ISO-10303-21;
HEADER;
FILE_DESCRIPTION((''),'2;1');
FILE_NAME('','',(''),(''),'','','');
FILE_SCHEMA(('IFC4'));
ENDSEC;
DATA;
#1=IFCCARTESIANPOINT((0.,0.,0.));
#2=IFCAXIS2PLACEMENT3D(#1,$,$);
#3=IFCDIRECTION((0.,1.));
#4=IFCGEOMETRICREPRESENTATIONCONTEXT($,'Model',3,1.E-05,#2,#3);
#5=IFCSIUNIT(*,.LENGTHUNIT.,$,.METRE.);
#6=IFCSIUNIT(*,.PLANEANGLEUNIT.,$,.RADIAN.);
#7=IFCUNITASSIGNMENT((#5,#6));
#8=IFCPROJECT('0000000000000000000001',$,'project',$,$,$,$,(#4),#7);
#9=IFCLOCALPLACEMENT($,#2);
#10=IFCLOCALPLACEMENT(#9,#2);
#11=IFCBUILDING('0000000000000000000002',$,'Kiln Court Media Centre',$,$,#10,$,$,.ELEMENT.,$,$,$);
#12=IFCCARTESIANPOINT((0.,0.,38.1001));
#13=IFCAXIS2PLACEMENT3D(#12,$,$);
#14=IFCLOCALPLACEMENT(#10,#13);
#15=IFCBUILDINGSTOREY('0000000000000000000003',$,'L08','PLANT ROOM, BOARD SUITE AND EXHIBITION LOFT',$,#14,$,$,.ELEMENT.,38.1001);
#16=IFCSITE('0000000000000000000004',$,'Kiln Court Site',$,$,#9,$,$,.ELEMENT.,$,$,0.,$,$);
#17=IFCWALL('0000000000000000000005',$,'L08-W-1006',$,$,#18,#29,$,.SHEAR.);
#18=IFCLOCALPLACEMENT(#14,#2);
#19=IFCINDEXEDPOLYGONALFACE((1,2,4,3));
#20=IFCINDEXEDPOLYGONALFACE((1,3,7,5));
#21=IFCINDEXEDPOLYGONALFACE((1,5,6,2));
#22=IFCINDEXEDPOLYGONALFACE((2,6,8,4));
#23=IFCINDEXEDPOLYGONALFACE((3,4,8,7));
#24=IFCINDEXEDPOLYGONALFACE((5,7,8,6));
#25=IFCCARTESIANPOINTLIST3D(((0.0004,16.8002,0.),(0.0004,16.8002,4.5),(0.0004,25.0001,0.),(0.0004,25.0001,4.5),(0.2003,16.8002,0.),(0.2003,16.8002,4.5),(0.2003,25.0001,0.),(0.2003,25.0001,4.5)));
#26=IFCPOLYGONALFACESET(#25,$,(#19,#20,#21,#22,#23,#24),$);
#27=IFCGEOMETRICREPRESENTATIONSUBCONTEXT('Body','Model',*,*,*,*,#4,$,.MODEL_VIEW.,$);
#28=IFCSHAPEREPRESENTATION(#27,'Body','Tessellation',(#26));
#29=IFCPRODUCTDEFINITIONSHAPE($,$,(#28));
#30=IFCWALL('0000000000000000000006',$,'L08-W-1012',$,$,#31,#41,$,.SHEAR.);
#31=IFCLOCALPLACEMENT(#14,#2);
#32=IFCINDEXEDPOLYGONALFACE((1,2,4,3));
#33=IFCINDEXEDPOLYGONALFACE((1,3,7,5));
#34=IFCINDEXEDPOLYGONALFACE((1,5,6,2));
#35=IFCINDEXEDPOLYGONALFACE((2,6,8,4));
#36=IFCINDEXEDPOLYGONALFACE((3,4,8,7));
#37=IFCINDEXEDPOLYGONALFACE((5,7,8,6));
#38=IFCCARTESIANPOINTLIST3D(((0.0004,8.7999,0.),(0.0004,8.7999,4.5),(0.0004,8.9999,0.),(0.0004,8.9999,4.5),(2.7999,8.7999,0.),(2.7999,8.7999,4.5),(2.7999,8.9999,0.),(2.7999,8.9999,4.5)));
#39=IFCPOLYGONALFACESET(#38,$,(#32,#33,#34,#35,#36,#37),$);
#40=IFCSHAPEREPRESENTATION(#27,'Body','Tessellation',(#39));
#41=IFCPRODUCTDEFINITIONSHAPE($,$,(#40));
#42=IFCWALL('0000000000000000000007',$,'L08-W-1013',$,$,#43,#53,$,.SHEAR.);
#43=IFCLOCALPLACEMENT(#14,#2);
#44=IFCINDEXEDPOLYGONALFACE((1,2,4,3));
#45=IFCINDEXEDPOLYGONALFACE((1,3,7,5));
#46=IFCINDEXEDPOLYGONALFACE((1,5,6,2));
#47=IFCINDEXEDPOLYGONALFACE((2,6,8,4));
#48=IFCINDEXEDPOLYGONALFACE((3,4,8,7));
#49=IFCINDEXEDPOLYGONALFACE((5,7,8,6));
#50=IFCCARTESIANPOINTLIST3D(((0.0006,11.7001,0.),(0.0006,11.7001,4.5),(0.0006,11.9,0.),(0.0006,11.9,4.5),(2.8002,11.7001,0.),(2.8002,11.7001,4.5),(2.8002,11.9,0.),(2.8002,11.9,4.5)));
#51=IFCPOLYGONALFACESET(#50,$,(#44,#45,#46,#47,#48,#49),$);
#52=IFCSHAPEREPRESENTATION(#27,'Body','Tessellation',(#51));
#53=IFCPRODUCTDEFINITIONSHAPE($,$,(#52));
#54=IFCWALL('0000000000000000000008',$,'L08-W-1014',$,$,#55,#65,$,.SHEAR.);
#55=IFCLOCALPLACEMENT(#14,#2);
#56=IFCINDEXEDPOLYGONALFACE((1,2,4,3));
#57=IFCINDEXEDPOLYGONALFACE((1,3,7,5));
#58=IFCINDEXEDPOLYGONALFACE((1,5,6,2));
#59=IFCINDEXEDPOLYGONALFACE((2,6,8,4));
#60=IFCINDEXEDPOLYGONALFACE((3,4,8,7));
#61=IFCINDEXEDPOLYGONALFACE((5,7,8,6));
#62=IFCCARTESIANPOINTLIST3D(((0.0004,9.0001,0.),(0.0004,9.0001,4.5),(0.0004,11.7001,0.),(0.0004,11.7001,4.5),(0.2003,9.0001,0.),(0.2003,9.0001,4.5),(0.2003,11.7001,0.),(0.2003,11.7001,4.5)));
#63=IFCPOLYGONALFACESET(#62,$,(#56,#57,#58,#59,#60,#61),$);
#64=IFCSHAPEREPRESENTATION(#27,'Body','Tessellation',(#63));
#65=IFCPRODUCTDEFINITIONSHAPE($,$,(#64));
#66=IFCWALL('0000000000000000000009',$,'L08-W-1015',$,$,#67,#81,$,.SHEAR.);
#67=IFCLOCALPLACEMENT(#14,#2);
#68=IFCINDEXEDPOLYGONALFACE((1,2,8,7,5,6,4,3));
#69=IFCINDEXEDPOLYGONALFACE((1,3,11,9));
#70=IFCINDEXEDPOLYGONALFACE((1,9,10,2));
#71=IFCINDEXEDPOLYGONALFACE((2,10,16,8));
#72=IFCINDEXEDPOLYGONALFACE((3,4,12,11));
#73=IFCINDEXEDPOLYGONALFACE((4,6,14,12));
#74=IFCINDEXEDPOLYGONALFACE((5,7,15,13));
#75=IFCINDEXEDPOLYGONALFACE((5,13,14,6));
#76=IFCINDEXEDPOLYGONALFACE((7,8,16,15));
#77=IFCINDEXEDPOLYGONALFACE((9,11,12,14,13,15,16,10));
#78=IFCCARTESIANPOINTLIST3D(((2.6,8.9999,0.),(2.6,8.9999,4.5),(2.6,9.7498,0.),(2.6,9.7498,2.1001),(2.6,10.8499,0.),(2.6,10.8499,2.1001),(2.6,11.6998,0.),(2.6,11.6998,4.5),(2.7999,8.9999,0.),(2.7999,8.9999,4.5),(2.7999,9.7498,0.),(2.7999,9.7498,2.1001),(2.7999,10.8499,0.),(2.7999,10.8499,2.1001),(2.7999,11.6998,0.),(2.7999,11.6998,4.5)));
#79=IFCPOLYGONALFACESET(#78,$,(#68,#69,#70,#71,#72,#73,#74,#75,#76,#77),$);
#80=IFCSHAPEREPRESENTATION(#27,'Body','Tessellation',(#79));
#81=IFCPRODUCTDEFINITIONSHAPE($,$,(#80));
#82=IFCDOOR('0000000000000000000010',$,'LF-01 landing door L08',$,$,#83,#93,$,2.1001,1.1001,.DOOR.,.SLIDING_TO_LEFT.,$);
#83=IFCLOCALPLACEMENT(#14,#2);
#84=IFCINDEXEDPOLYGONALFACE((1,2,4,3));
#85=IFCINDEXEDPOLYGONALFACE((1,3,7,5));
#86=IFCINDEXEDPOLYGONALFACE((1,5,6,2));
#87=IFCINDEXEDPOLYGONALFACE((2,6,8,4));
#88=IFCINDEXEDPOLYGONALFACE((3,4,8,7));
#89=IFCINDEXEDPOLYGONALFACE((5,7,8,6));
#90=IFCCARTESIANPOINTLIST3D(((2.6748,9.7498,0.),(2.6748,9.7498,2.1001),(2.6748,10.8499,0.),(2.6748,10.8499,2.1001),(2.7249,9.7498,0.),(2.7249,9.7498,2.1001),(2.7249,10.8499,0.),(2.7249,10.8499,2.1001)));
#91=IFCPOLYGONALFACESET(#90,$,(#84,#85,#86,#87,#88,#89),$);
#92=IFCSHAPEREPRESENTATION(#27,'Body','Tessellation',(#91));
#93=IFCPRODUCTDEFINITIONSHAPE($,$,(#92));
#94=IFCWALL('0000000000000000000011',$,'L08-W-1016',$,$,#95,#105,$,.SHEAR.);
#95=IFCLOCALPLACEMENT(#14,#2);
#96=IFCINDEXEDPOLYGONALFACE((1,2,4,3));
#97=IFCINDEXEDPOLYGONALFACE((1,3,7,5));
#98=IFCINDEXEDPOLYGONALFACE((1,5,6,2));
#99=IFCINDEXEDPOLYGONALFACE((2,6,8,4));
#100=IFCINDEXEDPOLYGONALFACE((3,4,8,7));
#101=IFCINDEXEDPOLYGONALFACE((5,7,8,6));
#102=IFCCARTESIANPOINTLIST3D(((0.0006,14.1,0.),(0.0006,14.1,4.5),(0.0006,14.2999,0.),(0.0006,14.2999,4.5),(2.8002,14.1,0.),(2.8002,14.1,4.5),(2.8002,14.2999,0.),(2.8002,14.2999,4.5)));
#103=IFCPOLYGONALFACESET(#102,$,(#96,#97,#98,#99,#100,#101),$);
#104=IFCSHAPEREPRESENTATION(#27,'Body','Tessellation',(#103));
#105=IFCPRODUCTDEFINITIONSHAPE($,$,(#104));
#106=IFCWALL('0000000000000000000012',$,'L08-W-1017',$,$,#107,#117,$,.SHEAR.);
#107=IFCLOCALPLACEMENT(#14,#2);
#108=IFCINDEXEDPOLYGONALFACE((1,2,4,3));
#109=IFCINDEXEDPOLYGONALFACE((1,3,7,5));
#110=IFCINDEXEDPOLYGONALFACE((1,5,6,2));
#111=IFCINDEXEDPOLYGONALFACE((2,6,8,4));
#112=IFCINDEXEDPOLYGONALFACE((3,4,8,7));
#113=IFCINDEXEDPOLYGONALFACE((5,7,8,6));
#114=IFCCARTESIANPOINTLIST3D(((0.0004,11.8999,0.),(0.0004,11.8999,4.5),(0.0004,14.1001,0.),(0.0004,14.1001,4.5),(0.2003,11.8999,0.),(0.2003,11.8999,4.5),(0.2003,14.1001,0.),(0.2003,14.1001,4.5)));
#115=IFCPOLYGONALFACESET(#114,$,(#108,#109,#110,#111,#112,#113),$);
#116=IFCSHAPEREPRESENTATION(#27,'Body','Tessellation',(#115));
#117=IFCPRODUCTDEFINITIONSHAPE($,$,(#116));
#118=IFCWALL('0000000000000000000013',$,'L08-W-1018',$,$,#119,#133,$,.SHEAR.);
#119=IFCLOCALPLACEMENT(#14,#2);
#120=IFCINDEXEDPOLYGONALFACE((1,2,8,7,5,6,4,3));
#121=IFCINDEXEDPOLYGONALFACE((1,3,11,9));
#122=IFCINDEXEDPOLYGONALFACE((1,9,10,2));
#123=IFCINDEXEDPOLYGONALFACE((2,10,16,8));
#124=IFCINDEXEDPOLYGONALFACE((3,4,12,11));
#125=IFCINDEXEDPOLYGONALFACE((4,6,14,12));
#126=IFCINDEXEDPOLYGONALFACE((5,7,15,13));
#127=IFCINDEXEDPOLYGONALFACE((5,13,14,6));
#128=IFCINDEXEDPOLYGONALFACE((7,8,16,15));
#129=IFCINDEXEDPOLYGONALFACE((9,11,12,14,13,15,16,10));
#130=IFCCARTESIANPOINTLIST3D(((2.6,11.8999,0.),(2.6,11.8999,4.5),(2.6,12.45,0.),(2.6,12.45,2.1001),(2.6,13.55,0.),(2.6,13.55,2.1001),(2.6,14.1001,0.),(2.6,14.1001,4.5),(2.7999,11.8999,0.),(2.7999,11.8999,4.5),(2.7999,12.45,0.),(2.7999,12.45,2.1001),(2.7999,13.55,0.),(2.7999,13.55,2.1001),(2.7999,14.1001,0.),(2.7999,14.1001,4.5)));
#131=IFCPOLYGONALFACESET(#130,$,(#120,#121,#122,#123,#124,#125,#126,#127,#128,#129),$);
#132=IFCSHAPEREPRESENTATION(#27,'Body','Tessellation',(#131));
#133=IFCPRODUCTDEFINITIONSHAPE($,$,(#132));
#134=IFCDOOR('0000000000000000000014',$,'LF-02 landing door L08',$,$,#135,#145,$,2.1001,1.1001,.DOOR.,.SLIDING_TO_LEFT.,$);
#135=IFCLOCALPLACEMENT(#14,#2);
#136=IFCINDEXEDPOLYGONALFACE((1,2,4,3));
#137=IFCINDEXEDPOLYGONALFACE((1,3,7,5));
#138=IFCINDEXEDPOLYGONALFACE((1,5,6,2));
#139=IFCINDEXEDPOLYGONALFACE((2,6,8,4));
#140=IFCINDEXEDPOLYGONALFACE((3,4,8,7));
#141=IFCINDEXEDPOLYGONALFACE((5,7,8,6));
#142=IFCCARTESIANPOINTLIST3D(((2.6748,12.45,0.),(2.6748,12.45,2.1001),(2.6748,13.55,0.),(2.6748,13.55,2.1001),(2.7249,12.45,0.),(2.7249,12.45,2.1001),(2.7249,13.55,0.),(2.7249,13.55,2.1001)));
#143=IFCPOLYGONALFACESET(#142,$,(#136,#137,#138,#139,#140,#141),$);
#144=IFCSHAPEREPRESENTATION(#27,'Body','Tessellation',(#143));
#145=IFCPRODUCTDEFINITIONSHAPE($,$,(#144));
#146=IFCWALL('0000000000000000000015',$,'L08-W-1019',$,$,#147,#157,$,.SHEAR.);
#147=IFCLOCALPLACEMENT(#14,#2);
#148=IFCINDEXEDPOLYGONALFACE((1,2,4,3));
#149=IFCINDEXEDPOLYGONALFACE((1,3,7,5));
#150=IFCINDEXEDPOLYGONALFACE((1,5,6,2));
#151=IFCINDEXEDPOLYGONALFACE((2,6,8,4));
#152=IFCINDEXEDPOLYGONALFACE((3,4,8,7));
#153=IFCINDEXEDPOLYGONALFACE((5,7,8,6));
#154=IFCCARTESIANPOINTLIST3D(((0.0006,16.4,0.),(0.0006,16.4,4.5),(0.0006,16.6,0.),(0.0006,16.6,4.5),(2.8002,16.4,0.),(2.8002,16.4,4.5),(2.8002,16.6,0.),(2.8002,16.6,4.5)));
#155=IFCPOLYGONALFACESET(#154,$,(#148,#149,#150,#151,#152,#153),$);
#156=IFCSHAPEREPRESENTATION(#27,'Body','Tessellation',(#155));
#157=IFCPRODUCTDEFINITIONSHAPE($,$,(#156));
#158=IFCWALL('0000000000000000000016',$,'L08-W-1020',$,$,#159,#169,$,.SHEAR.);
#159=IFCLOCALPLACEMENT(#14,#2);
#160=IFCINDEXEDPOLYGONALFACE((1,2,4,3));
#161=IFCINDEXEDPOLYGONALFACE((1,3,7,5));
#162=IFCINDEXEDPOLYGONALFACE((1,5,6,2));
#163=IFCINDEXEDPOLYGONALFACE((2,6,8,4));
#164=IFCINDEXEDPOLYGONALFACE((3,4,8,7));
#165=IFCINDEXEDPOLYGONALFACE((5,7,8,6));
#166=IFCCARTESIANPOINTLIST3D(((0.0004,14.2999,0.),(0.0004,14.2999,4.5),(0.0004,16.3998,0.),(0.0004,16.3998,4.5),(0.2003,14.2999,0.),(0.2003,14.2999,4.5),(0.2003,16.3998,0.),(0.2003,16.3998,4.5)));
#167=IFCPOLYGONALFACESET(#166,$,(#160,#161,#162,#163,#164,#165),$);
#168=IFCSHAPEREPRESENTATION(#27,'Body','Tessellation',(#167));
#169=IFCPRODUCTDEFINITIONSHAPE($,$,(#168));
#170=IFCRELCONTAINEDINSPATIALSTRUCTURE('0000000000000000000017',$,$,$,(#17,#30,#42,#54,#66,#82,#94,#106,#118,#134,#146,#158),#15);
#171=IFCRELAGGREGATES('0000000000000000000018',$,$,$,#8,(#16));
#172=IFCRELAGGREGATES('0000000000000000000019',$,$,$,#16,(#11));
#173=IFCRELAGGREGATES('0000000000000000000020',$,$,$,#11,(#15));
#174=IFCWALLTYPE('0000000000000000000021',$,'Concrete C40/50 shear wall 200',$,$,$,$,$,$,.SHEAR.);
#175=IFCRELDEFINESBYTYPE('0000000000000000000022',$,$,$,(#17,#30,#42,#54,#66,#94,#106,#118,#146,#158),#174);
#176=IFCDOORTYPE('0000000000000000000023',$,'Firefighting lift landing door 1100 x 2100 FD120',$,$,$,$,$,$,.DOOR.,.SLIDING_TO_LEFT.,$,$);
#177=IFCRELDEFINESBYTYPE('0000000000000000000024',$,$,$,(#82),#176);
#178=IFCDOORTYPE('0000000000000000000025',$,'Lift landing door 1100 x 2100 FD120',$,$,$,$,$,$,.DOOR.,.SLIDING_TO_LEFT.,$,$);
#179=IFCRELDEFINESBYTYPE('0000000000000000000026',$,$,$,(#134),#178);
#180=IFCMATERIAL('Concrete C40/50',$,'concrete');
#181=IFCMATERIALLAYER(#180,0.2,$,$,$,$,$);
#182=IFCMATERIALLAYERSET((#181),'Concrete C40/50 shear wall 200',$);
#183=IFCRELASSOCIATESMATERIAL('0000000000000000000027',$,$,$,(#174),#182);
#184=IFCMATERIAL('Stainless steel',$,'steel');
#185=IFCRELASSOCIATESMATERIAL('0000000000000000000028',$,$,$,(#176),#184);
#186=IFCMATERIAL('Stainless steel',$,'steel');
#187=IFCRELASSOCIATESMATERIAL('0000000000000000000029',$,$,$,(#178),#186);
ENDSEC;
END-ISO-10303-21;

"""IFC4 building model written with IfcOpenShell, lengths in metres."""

from ifc_helpers import new_model, si_unit, direction, frame, frame_2d, origin, place, context, subcontext, project, spatial, rectangle, extrude, material, layer, layer_set, type_object, element, fill, save


model = new_model("IFC4")

# Units and contexts
model_context = context("Model", 3, precision=1e-05, world=origin(), true_north=direction((0.0, 1.0)))
body_context = subcontext(model_context, "Body", "Model", "MODEL_VIEW")
ifc_project = project(units=[si_unit("LENGTHUNIT", "METRE"), si_unit("PLANEANGLEUNIT", "RADIAN")], contexts=[model_context])

# Site, building, storey
site_placement = place(None, origin())
site = spatial("IfcSite", under=ifc_project, at=site_placement, Name="Kiln Court Site", CompositionType="ELEMENT", RefElevation=0.0)
building_placement = place(site_placement, origin())
building = spatial("IfcBuilding", under=site, at=building_placement, Name="Kiln Court Media Centre", CompositionType="ELEMENT")
storey_placement = place(building_placement, frame((0.0, 0.0, 38.1001)))
storey = spatial("IfcBuildingStorey", under=building, at=storey_placement, Name="L08", Description="PLANT ROOM, BOARD SUITE AND EXHIBITION LOFT", CompositionType="ELEMENT", Elevation=38.1001)

# Walls
ifc_material_1 = material(Name="Concrete C40/50", Category="concrete")
ifc_layer = layer(ifc_material_1, 0.2)
ifc_layer_set = layer_set([ifc_layer], Name="Concrete C40/50 shear wall 200")
wall_type = type_object("IfcWallType", Name="Concrete C40/50 shear wall 200", PredefinedType="SHEAR", material=ifc_layer_set)
wall_1_placement = place(storey_placement, frame((0.1003, 16.8, 0.0), z_axis=(0.0, 0.0, 1.0), x_axis=(0.0, 1.0, 0.0)))
element("IfcWall", 1, at=wall_1_placement, inside=storey, type_object=wall_type, Name="L08-W-1006", PredefinedType="SHEAR", context=body_context, shape_type="SweptSolid", body=[
    extrude(rectangle(XDim=8.2, YDim=0.2, at=frame_2d((4.1001, 0.0))), origin(), (0.0, 0.0, 1.0), 4.5),
])
for number, where, z_axis, x_axis, name in (
    (2, (2.8, 8.8999, 0.0), (0.0, 0.0, 1.0), (-1.0, 0.0, 0.0), "L08-W-1012"),
    (3, (0.0005, 11.8, 0.0), (0.0, 0.0, 1.0), (1.0, 0.0, 0.0), "L08-W-1013"),
):
    element("IfcWall", number, at=place(storey_placement, frame(where, z_axis=z_axis, x_axis=x_axis)), inside=storey, type_object=wall_type, Name=name, PredefinedType="SHEAR", context=body_context, shape_type="SweptSolid", body=[
        extrude(rectangle(XDim=2.7996, YDim=0.2, at=frame_2d((1.3999, 0.0))), origin(), (0.0, 0.0, 1.0), 4.5),
    ])
wall_2_placement = place(storey_placement, frame((0.1003, 9.0, 0.0), z_axis=(0.0, 0.0, 1.0), x_axis=(0.0, 1.0, 0.0)))
element("IfcWall", 4, at=wall_2_placement, inside=storey, type_object=wall_type, Name="L08-W-1014", PredefinedType="SHEAR", context=body_context, shape_type="SweptSolid", body=[
    extrude(rectangle(XDim=2.7, YDim=0.2, at=frame_2d((1.3501, 0.0))), origin(), (0.0, 0.0, 1.0), 4.5),
])

# Wall, opening, door
wall_3_placement = place(storey_placement, frame((2.7, 11.7, 0.0), z_axis=(0.0, 0.0, 1.0), x_axis=(0.0, -1.0, 0.0)))
wall_3 = element("IfcWall", 5, at=wall_3_placement, inside=storey, type_object=wall_type, Name="L08-W-1015", PredefinedType="SHEAR", context=body_context, shape_type="SweptSolid", body=[
    extrude(rectangle(XDim=2.7, YDim=0.2, at=frame_2d((1.3501, 0.0))), origin(), (0.0, 0.0, 1.0), 4.5),
])
opening_1_placement = place(wall_3_placement, frame((0.8501, 0.0, 0.0)))
opening_1 = element("IfcOpeningElement", 6, at=opening_1_placement, cuts=wall_3, PredefinedType="OPENING", context=body_context, shape_type="SweptSolid", body=[
    extrude(rectangle(XDim=1.1001, YDim=2.1001, at=frame_2d((0.55, 1.05))), frame((0.0, 0.1099, 0.0), z_axis=(0.0, -1.0, 0.0), x_axis=(1.0, 0.0, 0.0)), (0.0, 0.0, 1.0), 0.22),
])
ifc_material_2 = material(Name="Stainless steel", Category="steel")
door_type_1 = type_object("IfcDoorType", Name="Firefighting lift landing door 1100 x 2100 FD120", OperationType="SLIDING_TO_LEFT", PredefinedType="DOOR", material=ifc_material_2)
door_1_placement = place(opening_1_placement, origin())
door_1 = element("IfcDoor", 7, at=door_1_placement, inside=storey, type_object=door_type_1, Name="LF-01 landing door L08", OperationType="SLIDING_TO_LEFT", OverallHeight=2.1001, OverallWidth=1.1001, PredefinedType="DOOR", context=body_context, shape_type="SweptSolid", body=[
    extrude(rectangle(XDim=1.1001, YDim=2.1001, at=frame_2d((0.55, 1.05))), frame((0.0, 0.0249, 0.0), z_axis=(0.0, -1.0, 0.0), x_axis=(1.0, 0.0, 0.0)), (0.0, 0.0, 1.0), 0.05),
])
fill(opening_1, door_1)

# Walls
wall_4_placement = place(storey_placement, frame((0.0005, 14.2, 0.0), z_axis=(0.0, 0.0, 1.0), x_axis=(1.0, 0.0, 0.0)))
element("IfcWall", 8, at=wall_4_placement, inside=storey, type_object=wall_type, Name="L08-W-1016", PredefinedType="SHEAR", context=body_context, shape_type="SweptSolid", body=[
    extrude(rectangle(XDim=2.7996, YDim=0.2, at=frame_2d((1.3999, 0.0))), origin(), (0.0, 0.0, 1.0), 4.5),
])
wall_5_placement = place(storey_placement, frame((0.1003, 11.8999, 0.0), z_axis=(0.0, 0.0, 1.0), x_axis=(0.0, 1.0, 0.0)))
element("IfcWall", 9, at=wall_5_placement, inside=storey, type_object=wall_type, Name="L08-W-1017", PredefinedType="SHEAR", context=body_context, shape_type="SweptSolid", body=[
    extrude(rectangle(XDim=2.2002, YDim=0.2, at=frame_2d((1.1001, 0.0))), origin(), (0.0, 0.0, 1.0), 4.5),
])

# Wall, opening, door
wall_6_placement = place(storey_placement, frame((2.7, 14.1001, 0.0), z_axis=(0.0, 0.0, 1.0), x_axis=(0.0, -1.0, 0.0)))
wall_6 = element("IfcWall", 10, at=wall_6_placement, inside=storey, type_object=wall_type, Name="L08-W-1018", PredefinedType="SHEAR", context=body_context, shape_type="SweptSolid", body=[
    extrude(rectangle(XDim=2.2002, YDim=0.2, at=frame_2d((1.1001, 0.0))), origin(), (0.0, 0.0, 1.0), 4.5),
])
opening_2_placement = place(wall_6_placement, frame((0.55, 0.0, 0.0)))
opening_2 = element("IfcOpeningElement", 11, at=opening_2_placement, cuts=wall_6, PredefinedType="OPENING", context=body_context, shape_type="SweptSolid", body=[
    extrude(rectangle(XDim=1.1001, YDim=2.1001, at=frame_2d((0.55, 1.05))), frame((0.0, 0.1099, 0.0), z_axis=(0.0, -1.0, 0.0), x_axis=(1.0, 0.0, 0.0)), (0.0, 0.0, 1.0), 0.22),
])
ifc_material_3 = material(Name="Stainless steel", Category="steel")
door_type_2 = type_object("IfcDoorType", Name="Lift landing door 1100 x 2100 FD120", OperationType="SLIDING_TO_LEFT", PredefinedType="DOOR", material=ifc_material_3)
door_2_placement = place(opening_2_placement, origin())
door_2 = element("IfcDoor", 12, at=door_2_placement, inside=storey, type_object=door_type_2, Name="LF-02 landing door L08", OperationType="SLIDING_TO_LEFT", OverallHeight=2.1001, OverallWidth=1.1001, PredefinedType="DOOR", context=body_context, shape_type="SweptSolid", body=[
    extrude(rectangle(XDim=1.1001, YDim=2.1001, at=frame_2d((0.55, 1.05))), frame((0.0, 0.0249, 0.0), z_axis=(0.0, -1.0, 0.0), x_axis=(1.0, 0.0, 0.0)), (0.0, 0.0, 1.0), 0.05),
])
fill(opening_2, door_2)

# Walls
wall_7_placement = place(storey_placement, frame((0.0005, 16.5, 0.0), z_axis=(0.0, 0.0, 1.0), x_axis=(1.0, 0.0, 0.0)))
element("IfcWall", 13, at=wall_7_placement, inside=storey, type_object=wall_type, Name="L08-W-1019", PredefinedType="SHEAR", context=body_context, shape_type="SweptSolid", body=[
    extrude(rectangle(XDim=2.7996, YDim=0.2, at=frame_2d((1.3999, 0.0))), origin(), (0.0, 0.0, 1.0), 4.5),
])
wall_8_placement = place(storey_placement, frame((0.1003, 14.3, 0.0), z_axis=(0.0, 0.0, 1.0), x_axis=(0.0, 1.0, 0.0)))
element("IfcWall", 14, at=wall_8_placement, inside=storey, type_object=wall_type, Name="L08-W-1020", PredefinedType="SHEAR", context=body_context, shape_type="SweptSolid", body=[
    extrude(rectangle(XDim=2.0999, YDim=0.2, at=frame_2d((1.0498, 0.0))), origin(), (0.0, 0.0, 1.0), 4.5),
])

save(model, "model.ifc")
